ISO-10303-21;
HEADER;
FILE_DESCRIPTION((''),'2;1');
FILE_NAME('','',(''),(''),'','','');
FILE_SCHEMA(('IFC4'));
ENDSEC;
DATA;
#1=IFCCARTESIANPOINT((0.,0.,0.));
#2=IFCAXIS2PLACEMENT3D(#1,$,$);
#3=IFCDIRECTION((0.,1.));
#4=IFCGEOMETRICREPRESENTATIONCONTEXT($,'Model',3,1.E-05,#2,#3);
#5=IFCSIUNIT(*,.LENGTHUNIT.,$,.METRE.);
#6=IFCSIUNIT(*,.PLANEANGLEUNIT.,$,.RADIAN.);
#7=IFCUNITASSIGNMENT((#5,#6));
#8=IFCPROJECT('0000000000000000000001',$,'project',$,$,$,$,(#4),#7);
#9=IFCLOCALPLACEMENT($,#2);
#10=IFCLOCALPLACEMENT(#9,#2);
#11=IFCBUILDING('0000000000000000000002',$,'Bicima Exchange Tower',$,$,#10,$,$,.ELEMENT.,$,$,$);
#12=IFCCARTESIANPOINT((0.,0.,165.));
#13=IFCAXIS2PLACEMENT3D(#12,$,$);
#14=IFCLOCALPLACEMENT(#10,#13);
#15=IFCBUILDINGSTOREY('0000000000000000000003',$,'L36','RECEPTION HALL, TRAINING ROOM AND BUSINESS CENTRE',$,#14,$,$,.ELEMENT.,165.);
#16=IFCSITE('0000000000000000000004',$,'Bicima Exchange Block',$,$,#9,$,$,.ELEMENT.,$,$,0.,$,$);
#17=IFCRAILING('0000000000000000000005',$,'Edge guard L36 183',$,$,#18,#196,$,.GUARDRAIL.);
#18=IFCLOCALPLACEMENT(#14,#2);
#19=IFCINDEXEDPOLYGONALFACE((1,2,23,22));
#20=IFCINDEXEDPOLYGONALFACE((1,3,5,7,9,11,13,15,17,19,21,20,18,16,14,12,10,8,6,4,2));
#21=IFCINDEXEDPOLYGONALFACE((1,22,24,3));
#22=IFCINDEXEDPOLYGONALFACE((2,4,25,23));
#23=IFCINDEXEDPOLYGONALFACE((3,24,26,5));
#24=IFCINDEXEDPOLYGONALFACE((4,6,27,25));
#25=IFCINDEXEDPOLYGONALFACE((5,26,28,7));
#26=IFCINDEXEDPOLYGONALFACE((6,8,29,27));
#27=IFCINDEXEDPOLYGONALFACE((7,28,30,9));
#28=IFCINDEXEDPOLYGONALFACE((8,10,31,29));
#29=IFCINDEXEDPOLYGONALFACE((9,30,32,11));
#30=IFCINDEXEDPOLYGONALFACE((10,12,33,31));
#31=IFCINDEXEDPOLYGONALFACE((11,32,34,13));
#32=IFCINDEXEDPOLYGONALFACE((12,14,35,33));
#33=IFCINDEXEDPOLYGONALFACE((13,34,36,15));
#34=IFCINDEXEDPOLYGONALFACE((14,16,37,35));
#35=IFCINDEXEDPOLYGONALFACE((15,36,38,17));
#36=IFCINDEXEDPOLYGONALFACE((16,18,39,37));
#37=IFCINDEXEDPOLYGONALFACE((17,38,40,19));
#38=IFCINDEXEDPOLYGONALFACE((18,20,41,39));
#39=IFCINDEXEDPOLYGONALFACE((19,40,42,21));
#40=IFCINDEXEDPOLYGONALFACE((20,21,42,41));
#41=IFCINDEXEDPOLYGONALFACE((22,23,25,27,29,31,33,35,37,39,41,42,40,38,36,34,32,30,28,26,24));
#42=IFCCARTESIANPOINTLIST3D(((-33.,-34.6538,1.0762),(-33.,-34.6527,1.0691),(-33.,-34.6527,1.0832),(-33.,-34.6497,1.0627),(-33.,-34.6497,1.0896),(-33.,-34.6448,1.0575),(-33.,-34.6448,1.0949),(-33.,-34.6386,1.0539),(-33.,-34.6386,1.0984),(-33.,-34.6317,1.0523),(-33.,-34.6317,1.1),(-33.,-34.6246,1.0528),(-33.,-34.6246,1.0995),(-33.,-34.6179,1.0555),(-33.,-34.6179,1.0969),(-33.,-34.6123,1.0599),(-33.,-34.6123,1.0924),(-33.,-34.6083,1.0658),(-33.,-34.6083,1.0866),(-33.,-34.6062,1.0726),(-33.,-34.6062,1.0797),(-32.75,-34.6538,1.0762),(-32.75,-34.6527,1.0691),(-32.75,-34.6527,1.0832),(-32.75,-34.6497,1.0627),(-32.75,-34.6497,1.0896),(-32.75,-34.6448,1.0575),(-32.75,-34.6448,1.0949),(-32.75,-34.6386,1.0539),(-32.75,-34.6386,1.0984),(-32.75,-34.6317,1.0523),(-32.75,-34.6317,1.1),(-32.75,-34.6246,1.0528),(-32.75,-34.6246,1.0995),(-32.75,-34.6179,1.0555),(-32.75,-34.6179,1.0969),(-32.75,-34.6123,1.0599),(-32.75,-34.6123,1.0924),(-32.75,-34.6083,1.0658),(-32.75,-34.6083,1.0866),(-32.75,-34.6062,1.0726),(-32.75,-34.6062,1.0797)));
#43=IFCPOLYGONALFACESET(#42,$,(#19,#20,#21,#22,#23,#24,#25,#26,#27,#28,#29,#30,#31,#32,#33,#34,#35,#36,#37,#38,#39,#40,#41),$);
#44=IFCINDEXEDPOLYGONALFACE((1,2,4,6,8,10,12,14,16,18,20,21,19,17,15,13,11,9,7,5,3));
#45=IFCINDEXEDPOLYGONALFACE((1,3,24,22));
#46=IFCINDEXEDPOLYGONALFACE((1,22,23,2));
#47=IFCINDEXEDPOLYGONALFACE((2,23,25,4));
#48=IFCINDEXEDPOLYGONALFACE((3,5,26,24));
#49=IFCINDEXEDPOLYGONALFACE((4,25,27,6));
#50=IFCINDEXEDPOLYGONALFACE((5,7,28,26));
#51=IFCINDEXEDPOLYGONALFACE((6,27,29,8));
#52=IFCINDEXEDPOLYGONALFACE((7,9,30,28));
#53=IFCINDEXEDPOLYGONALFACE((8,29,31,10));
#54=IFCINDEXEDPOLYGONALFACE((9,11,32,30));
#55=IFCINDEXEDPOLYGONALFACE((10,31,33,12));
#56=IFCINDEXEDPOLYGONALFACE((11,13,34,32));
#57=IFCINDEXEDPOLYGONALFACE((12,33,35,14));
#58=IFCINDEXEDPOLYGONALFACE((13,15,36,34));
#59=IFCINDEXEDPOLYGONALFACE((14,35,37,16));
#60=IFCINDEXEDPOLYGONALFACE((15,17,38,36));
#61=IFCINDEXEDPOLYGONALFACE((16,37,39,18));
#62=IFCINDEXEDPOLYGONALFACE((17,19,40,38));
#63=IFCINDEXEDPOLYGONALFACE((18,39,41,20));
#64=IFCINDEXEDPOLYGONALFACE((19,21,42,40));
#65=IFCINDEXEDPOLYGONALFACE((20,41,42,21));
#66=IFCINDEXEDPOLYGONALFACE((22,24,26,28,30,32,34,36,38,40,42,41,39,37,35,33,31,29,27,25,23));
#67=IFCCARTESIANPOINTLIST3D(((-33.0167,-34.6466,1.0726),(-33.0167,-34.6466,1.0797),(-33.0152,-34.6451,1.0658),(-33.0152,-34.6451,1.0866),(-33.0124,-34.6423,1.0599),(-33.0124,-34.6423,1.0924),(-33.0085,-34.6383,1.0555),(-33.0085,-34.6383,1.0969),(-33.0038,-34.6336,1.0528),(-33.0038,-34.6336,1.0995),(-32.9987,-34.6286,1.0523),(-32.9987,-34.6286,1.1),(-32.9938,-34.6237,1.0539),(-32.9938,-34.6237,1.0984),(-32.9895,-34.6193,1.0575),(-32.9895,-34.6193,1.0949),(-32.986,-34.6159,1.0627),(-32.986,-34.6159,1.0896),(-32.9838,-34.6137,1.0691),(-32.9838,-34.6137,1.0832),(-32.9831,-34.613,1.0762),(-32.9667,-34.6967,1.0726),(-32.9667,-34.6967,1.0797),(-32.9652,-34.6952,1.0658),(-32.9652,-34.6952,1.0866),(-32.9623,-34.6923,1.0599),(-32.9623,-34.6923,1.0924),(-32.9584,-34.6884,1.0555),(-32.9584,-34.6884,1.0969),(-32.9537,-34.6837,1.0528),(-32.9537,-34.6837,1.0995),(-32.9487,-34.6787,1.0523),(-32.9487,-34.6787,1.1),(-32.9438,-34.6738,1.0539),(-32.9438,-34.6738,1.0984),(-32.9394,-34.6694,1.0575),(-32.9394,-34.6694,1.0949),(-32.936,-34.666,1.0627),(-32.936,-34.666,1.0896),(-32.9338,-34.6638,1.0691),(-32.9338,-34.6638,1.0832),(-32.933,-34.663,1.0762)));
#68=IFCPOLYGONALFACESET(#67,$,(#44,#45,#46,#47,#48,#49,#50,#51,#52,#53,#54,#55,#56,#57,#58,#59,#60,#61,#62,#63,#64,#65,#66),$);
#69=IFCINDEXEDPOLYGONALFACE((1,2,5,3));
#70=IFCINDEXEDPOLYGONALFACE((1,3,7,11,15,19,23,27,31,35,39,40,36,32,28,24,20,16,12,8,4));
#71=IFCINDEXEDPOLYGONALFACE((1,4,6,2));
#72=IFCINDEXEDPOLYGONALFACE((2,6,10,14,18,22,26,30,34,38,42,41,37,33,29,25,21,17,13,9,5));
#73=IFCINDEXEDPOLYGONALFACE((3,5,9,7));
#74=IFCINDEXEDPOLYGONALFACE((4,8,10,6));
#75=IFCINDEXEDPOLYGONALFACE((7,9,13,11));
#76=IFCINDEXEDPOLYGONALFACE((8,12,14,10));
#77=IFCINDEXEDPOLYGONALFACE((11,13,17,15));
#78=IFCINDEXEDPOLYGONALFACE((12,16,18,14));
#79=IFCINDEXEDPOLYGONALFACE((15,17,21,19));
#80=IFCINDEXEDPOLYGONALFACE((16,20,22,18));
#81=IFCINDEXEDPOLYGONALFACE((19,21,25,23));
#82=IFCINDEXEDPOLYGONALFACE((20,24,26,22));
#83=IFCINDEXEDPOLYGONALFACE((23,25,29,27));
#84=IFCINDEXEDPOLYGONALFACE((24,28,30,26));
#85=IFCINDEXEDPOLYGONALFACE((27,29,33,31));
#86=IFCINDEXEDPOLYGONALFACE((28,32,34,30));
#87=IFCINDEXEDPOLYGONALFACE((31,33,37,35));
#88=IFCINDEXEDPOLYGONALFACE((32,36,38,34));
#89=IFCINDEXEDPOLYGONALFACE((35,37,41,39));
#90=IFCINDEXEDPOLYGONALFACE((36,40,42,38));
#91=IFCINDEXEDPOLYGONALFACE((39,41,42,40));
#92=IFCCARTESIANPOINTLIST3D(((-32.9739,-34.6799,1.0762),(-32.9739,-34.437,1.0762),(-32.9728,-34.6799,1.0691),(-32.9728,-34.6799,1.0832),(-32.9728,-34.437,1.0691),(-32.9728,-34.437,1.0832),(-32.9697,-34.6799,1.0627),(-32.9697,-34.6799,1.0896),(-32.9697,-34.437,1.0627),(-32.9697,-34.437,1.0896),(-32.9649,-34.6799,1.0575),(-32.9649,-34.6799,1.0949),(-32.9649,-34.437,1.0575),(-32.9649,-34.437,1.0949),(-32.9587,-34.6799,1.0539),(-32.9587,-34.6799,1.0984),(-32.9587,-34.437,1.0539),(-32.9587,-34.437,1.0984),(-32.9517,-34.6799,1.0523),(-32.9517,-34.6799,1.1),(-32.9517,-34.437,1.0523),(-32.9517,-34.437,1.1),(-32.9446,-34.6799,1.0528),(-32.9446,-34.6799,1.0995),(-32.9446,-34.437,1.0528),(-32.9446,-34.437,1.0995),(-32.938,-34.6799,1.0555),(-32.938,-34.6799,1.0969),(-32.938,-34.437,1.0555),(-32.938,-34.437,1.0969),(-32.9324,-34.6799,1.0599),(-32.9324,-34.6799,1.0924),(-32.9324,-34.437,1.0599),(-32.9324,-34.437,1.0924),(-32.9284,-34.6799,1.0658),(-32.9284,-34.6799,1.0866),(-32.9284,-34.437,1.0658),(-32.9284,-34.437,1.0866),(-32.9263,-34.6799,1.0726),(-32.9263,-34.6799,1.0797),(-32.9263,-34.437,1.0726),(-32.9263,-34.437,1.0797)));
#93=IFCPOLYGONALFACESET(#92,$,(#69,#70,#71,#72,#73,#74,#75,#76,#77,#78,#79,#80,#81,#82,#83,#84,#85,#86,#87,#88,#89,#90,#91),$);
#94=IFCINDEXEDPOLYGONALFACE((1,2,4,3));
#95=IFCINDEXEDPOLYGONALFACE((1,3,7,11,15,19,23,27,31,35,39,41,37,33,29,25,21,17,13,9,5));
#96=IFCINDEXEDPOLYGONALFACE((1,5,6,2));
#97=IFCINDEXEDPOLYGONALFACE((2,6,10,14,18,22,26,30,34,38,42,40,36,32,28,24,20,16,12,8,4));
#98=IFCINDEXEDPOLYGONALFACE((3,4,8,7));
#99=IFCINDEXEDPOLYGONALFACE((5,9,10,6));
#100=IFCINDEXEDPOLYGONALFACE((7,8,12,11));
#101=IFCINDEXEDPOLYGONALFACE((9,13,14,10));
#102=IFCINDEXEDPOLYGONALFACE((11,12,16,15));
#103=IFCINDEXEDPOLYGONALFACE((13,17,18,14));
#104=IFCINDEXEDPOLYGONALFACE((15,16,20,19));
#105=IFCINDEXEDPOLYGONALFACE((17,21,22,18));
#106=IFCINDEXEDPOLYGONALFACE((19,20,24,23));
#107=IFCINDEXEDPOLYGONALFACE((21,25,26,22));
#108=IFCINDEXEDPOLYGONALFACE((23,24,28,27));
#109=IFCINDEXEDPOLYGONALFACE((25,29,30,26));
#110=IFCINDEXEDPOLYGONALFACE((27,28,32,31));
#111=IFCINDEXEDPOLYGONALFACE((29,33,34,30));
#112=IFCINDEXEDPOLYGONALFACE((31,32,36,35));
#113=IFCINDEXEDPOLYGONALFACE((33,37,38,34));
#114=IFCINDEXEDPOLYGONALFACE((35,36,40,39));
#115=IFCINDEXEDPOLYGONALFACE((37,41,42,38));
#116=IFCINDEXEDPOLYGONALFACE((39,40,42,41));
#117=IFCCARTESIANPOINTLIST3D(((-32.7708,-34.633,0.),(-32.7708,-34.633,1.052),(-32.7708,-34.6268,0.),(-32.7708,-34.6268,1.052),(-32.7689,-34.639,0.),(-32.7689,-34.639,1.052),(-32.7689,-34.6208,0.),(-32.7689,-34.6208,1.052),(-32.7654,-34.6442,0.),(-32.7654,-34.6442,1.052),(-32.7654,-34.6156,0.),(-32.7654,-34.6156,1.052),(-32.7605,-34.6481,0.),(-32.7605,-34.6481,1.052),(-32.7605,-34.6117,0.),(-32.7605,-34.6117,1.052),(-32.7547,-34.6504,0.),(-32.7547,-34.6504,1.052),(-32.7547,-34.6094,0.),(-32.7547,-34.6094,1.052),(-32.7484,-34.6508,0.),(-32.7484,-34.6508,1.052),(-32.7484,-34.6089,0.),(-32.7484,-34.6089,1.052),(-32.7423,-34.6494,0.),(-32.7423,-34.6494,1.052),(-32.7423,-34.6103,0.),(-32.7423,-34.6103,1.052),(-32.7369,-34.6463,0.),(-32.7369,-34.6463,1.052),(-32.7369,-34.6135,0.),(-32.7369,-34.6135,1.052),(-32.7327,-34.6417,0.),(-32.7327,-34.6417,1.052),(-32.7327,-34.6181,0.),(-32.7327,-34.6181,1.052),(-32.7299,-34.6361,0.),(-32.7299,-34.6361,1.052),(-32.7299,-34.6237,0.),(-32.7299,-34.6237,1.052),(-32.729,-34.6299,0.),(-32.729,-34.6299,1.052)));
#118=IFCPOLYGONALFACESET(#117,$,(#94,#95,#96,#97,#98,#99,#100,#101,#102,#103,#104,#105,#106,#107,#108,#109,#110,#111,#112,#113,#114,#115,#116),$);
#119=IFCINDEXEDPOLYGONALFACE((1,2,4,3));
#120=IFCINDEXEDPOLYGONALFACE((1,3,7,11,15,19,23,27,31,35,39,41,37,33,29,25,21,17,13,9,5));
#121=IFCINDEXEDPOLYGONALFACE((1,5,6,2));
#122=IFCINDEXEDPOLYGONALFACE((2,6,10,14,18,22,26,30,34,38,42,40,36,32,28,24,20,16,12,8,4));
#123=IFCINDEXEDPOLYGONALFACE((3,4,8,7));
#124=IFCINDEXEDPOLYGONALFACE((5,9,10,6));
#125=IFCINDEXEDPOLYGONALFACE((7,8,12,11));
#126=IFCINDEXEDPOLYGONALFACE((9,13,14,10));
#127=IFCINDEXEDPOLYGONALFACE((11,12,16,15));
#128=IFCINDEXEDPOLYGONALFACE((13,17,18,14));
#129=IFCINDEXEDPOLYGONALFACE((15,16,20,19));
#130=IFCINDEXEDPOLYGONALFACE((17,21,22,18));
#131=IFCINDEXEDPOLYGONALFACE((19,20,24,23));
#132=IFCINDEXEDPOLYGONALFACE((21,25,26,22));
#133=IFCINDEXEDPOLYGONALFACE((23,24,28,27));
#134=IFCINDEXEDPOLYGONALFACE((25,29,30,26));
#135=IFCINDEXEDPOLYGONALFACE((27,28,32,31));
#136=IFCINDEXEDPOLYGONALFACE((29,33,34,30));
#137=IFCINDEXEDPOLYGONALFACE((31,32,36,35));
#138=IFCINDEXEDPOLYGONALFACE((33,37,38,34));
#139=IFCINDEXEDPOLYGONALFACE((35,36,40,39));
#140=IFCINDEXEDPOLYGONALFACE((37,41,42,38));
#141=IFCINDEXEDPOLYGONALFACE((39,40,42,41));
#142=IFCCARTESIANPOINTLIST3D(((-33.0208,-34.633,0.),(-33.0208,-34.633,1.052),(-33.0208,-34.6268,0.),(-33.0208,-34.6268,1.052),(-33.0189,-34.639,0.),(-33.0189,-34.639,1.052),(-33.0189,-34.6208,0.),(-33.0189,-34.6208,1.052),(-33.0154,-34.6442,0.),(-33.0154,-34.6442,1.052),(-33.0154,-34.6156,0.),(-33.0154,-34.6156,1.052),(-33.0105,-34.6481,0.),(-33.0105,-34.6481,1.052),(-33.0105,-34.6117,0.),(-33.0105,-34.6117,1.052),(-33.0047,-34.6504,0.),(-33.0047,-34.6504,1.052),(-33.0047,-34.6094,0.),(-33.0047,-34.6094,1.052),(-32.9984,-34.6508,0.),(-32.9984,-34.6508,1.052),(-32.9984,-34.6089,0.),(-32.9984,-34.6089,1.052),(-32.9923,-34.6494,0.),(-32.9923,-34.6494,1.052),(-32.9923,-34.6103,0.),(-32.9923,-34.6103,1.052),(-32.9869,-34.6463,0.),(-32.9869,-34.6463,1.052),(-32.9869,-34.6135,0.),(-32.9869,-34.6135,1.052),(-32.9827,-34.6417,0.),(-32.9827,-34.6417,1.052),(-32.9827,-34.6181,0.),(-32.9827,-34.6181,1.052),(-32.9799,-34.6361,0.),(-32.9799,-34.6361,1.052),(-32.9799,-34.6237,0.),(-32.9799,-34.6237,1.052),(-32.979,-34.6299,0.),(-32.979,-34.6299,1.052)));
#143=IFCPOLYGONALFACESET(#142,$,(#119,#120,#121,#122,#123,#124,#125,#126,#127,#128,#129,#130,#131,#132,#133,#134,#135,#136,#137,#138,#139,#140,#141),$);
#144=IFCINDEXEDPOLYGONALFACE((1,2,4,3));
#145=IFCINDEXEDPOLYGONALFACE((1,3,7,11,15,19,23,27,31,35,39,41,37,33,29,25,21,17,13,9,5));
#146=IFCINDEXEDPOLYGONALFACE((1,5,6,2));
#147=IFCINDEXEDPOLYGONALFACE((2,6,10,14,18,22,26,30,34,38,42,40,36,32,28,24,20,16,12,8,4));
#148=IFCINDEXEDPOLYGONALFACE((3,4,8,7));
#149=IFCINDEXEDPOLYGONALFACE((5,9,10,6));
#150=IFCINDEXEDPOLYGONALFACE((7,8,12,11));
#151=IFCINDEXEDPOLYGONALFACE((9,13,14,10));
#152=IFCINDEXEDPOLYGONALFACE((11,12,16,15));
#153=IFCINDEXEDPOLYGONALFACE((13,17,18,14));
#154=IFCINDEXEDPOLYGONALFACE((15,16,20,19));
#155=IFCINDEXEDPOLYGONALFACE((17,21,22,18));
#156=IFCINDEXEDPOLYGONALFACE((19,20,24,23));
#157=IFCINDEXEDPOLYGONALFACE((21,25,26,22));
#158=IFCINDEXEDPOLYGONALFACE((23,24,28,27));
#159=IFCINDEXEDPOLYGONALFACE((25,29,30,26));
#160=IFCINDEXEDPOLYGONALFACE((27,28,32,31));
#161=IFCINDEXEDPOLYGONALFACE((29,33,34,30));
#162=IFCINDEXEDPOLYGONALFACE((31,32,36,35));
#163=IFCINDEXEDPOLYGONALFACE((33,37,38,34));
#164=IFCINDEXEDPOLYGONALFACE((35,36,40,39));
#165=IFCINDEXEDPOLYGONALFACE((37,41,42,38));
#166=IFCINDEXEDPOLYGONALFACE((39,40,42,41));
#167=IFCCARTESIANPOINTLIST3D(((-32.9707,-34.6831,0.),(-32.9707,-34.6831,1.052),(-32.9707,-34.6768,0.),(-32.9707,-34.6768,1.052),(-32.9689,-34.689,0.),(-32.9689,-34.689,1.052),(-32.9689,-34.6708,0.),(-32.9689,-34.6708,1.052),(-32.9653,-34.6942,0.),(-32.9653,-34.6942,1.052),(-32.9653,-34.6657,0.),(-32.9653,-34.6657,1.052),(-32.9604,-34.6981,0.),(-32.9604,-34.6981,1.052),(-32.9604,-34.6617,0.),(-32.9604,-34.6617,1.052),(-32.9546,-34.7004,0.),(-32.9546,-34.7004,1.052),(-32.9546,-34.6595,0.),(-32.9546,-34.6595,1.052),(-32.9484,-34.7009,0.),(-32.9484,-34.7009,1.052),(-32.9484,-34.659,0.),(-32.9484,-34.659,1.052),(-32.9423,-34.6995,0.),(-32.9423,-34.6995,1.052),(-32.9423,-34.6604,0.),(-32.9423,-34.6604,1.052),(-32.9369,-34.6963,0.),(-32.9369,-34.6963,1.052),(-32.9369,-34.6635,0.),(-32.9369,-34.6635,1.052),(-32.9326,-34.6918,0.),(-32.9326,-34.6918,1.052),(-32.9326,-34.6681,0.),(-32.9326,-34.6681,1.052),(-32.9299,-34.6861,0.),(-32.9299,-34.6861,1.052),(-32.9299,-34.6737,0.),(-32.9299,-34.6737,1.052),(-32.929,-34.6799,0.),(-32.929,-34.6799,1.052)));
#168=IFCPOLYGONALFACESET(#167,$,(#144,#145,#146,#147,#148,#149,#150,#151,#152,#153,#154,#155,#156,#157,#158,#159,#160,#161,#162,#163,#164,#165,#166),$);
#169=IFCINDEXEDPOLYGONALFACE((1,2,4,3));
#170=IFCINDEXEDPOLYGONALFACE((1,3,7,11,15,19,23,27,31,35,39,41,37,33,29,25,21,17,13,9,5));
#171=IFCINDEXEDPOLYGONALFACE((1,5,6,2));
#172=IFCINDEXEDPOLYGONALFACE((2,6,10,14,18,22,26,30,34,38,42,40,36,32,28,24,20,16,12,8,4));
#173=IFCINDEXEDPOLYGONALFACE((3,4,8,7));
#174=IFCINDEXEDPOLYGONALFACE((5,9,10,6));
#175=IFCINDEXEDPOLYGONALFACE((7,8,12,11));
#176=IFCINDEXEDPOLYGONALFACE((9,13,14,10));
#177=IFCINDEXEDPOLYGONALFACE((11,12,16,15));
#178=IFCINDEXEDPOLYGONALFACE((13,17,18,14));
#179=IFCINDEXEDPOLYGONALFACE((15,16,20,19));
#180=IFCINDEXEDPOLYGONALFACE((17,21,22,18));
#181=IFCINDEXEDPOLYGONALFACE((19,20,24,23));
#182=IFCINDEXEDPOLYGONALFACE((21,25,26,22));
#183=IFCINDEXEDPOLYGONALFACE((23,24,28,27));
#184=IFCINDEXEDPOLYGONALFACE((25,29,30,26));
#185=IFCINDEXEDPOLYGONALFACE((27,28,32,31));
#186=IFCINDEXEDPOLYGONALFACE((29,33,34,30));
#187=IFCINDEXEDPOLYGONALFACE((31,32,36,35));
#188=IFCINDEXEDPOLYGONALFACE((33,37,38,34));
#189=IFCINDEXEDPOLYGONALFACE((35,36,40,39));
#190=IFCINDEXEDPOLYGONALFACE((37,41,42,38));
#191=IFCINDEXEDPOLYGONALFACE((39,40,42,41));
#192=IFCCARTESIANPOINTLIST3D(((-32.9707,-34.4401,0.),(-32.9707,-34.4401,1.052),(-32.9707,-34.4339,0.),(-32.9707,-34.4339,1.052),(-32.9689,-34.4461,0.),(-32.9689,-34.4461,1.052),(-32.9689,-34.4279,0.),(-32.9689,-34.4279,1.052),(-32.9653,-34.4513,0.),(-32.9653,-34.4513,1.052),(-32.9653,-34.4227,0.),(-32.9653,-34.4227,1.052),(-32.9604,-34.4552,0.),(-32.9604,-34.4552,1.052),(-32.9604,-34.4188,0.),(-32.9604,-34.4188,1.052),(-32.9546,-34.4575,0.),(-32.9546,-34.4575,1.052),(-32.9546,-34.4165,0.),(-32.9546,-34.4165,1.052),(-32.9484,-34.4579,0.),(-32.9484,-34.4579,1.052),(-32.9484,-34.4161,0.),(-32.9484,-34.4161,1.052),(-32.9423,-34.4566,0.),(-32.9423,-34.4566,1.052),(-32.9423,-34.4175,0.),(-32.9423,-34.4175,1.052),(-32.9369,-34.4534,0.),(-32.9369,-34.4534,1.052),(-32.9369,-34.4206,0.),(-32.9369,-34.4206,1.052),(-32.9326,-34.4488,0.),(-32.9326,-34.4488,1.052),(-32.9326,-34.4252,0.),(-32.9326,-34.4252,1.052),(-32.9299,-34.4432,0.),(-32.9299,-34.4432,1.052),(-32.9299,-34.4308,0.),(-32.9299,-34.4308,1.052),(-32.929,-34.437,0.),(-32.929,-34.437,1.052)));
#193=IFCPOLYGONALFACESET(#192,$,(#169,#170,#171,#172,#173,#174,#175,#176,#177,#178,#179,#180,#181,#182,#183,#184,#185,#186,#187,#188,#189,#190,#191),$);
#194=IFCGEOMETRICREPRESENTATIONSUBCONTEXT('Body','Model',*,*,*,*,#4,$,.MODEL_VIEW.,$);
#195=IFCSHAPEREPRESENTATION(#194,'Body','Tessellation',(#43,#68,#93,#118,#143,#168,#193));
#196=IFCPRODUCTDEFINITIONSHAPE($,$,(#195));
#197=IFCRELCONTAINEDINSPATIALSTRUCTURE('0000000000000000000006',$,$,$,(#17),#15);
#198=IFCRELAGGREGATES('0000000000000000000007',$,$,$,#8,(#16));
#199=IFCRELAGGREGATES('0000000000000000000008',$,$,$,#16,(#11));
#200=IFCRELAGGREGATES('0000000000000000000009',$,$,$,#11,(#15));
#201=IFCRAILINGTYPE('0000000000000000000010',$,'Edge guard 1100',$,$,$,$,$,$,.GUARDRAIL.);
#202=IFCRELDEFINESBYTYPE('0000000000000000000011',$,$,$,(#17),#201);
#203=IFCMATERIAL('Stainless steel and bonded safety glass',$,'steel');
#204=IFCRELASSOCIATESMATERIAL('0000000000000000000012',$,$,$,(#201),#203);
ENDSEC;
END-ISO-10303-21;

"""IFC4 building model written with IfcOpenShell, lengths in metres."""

from ifc_helpers import new_model, si_unit, direction, frame, origin, origin_2d, place, context, subcontext, project, spatial, circle, extrude, material, type_object, element, save


model = new_model("IFC4")

# Units and contexts
model_context = context("Model", 3, precision=1e-05, world=origin(), true_north=direction((0.0, 1.0)))
body_context = subcontext(model_context, "Body", "Model", "MODEL_VIEW")
ifc_project = project(units=[si_unit("LENGTHUNIT", "METRE"), si_unit("PLANEANGLEUNIT", "RADIAN")], contexts=[model_context])

# Site, building, storey
site_placement = place(None, origin())
site = spatial("IfcSite", under=ifc_project, at=site_placement, Name="Bicima Exchange Block", CompositionType="ELEMENT", RefElevation=0.0)
building_placement = place(site_placement, origin())
building = spatial("IfcBuilding", under=site, at=building_placement, Name="Bicima Exchange Tower", CompositionType="ELEMENT")
storey_placement = place(building_placement, frame((0.0, 0.0, 165.0)))
storey = spatial("IfcBuildingStorey", under=building, at=storey_placement, Name="L36", Description="RECEPTION HALL, TRAINING ROOM AND BUSINESS CENTRE", CompositionType="ELEMENT", Elevation=165.0)

# Railing
ifc_material_1 = material(Name="Stainless steel and bonded safety glass", Category="steel")
railing_type = type_object("IfcRailingType", Name="Edge guard 1100", PredefinedType="GUARDRAIL", material=ifc_material_1)
railing_1_placement = place(storey_placement, frame((-32.75, -34.6299, 0.0)))
element("IfcRailing", 1, at=railing_1_placement, inside=storey, type_object=railing_type, Name="Edge guard L36 183", PredefinedType="GUARDRAIL", context=body_context, shape_type="SweptSolid", body=[
    extrude(circle(Radius=0.0239, at=origin_2d()), frame((0.0, 0.0, 1.0762), z_axis=(-1.0, 0.0, 0.0), x_axis=(0.0, -1.0, 0.0)), (0.0, 0.0, 1.0), 0.25),
    extrude(circle(Radius=0.0239, at=origin_2d()), frame((-0.25, 0.0, 1.0762), z_axis=(0.707107, -0.707107, 0.0), x_axis=(0.707107, 0.707107, 0.0)), (0.0, 0.0, 1.0), 0.0708),
    extrude(circle(Radius=0.0239, at=origin_2d()), frame((-0.2, -0.05, 1.0762), z_axis=(0.0, 1.0, 0.0), x_axis=(-1.0, 0.0, 0.0)), (0.0, 0.0, 1.0), 0.2429),
    extrude(circle(Radius=0.021, at=origin_2d()), origin(), (0.0, 0.0, 1.0), 1.052),
    extrude(circle(Radius=0.021, at=origin_2d()), frame((-0.25, 0.0, 0.0)), (0.0, 0.0, 1.0), 1.052),
    extrude(circle(Radius=0.021, at=origin_2d()), frame((-0.2, -0.05, 0.0)), (0.0, 0.0, 1.0), 1.052),
    extrude(circle(Radius=0.021, at=origin_2d()), frame((-0.2, 0.1929, 0.0)), (0.0, 0.0, 1.0), 1.052),
])

save(model, "model.ifc")
